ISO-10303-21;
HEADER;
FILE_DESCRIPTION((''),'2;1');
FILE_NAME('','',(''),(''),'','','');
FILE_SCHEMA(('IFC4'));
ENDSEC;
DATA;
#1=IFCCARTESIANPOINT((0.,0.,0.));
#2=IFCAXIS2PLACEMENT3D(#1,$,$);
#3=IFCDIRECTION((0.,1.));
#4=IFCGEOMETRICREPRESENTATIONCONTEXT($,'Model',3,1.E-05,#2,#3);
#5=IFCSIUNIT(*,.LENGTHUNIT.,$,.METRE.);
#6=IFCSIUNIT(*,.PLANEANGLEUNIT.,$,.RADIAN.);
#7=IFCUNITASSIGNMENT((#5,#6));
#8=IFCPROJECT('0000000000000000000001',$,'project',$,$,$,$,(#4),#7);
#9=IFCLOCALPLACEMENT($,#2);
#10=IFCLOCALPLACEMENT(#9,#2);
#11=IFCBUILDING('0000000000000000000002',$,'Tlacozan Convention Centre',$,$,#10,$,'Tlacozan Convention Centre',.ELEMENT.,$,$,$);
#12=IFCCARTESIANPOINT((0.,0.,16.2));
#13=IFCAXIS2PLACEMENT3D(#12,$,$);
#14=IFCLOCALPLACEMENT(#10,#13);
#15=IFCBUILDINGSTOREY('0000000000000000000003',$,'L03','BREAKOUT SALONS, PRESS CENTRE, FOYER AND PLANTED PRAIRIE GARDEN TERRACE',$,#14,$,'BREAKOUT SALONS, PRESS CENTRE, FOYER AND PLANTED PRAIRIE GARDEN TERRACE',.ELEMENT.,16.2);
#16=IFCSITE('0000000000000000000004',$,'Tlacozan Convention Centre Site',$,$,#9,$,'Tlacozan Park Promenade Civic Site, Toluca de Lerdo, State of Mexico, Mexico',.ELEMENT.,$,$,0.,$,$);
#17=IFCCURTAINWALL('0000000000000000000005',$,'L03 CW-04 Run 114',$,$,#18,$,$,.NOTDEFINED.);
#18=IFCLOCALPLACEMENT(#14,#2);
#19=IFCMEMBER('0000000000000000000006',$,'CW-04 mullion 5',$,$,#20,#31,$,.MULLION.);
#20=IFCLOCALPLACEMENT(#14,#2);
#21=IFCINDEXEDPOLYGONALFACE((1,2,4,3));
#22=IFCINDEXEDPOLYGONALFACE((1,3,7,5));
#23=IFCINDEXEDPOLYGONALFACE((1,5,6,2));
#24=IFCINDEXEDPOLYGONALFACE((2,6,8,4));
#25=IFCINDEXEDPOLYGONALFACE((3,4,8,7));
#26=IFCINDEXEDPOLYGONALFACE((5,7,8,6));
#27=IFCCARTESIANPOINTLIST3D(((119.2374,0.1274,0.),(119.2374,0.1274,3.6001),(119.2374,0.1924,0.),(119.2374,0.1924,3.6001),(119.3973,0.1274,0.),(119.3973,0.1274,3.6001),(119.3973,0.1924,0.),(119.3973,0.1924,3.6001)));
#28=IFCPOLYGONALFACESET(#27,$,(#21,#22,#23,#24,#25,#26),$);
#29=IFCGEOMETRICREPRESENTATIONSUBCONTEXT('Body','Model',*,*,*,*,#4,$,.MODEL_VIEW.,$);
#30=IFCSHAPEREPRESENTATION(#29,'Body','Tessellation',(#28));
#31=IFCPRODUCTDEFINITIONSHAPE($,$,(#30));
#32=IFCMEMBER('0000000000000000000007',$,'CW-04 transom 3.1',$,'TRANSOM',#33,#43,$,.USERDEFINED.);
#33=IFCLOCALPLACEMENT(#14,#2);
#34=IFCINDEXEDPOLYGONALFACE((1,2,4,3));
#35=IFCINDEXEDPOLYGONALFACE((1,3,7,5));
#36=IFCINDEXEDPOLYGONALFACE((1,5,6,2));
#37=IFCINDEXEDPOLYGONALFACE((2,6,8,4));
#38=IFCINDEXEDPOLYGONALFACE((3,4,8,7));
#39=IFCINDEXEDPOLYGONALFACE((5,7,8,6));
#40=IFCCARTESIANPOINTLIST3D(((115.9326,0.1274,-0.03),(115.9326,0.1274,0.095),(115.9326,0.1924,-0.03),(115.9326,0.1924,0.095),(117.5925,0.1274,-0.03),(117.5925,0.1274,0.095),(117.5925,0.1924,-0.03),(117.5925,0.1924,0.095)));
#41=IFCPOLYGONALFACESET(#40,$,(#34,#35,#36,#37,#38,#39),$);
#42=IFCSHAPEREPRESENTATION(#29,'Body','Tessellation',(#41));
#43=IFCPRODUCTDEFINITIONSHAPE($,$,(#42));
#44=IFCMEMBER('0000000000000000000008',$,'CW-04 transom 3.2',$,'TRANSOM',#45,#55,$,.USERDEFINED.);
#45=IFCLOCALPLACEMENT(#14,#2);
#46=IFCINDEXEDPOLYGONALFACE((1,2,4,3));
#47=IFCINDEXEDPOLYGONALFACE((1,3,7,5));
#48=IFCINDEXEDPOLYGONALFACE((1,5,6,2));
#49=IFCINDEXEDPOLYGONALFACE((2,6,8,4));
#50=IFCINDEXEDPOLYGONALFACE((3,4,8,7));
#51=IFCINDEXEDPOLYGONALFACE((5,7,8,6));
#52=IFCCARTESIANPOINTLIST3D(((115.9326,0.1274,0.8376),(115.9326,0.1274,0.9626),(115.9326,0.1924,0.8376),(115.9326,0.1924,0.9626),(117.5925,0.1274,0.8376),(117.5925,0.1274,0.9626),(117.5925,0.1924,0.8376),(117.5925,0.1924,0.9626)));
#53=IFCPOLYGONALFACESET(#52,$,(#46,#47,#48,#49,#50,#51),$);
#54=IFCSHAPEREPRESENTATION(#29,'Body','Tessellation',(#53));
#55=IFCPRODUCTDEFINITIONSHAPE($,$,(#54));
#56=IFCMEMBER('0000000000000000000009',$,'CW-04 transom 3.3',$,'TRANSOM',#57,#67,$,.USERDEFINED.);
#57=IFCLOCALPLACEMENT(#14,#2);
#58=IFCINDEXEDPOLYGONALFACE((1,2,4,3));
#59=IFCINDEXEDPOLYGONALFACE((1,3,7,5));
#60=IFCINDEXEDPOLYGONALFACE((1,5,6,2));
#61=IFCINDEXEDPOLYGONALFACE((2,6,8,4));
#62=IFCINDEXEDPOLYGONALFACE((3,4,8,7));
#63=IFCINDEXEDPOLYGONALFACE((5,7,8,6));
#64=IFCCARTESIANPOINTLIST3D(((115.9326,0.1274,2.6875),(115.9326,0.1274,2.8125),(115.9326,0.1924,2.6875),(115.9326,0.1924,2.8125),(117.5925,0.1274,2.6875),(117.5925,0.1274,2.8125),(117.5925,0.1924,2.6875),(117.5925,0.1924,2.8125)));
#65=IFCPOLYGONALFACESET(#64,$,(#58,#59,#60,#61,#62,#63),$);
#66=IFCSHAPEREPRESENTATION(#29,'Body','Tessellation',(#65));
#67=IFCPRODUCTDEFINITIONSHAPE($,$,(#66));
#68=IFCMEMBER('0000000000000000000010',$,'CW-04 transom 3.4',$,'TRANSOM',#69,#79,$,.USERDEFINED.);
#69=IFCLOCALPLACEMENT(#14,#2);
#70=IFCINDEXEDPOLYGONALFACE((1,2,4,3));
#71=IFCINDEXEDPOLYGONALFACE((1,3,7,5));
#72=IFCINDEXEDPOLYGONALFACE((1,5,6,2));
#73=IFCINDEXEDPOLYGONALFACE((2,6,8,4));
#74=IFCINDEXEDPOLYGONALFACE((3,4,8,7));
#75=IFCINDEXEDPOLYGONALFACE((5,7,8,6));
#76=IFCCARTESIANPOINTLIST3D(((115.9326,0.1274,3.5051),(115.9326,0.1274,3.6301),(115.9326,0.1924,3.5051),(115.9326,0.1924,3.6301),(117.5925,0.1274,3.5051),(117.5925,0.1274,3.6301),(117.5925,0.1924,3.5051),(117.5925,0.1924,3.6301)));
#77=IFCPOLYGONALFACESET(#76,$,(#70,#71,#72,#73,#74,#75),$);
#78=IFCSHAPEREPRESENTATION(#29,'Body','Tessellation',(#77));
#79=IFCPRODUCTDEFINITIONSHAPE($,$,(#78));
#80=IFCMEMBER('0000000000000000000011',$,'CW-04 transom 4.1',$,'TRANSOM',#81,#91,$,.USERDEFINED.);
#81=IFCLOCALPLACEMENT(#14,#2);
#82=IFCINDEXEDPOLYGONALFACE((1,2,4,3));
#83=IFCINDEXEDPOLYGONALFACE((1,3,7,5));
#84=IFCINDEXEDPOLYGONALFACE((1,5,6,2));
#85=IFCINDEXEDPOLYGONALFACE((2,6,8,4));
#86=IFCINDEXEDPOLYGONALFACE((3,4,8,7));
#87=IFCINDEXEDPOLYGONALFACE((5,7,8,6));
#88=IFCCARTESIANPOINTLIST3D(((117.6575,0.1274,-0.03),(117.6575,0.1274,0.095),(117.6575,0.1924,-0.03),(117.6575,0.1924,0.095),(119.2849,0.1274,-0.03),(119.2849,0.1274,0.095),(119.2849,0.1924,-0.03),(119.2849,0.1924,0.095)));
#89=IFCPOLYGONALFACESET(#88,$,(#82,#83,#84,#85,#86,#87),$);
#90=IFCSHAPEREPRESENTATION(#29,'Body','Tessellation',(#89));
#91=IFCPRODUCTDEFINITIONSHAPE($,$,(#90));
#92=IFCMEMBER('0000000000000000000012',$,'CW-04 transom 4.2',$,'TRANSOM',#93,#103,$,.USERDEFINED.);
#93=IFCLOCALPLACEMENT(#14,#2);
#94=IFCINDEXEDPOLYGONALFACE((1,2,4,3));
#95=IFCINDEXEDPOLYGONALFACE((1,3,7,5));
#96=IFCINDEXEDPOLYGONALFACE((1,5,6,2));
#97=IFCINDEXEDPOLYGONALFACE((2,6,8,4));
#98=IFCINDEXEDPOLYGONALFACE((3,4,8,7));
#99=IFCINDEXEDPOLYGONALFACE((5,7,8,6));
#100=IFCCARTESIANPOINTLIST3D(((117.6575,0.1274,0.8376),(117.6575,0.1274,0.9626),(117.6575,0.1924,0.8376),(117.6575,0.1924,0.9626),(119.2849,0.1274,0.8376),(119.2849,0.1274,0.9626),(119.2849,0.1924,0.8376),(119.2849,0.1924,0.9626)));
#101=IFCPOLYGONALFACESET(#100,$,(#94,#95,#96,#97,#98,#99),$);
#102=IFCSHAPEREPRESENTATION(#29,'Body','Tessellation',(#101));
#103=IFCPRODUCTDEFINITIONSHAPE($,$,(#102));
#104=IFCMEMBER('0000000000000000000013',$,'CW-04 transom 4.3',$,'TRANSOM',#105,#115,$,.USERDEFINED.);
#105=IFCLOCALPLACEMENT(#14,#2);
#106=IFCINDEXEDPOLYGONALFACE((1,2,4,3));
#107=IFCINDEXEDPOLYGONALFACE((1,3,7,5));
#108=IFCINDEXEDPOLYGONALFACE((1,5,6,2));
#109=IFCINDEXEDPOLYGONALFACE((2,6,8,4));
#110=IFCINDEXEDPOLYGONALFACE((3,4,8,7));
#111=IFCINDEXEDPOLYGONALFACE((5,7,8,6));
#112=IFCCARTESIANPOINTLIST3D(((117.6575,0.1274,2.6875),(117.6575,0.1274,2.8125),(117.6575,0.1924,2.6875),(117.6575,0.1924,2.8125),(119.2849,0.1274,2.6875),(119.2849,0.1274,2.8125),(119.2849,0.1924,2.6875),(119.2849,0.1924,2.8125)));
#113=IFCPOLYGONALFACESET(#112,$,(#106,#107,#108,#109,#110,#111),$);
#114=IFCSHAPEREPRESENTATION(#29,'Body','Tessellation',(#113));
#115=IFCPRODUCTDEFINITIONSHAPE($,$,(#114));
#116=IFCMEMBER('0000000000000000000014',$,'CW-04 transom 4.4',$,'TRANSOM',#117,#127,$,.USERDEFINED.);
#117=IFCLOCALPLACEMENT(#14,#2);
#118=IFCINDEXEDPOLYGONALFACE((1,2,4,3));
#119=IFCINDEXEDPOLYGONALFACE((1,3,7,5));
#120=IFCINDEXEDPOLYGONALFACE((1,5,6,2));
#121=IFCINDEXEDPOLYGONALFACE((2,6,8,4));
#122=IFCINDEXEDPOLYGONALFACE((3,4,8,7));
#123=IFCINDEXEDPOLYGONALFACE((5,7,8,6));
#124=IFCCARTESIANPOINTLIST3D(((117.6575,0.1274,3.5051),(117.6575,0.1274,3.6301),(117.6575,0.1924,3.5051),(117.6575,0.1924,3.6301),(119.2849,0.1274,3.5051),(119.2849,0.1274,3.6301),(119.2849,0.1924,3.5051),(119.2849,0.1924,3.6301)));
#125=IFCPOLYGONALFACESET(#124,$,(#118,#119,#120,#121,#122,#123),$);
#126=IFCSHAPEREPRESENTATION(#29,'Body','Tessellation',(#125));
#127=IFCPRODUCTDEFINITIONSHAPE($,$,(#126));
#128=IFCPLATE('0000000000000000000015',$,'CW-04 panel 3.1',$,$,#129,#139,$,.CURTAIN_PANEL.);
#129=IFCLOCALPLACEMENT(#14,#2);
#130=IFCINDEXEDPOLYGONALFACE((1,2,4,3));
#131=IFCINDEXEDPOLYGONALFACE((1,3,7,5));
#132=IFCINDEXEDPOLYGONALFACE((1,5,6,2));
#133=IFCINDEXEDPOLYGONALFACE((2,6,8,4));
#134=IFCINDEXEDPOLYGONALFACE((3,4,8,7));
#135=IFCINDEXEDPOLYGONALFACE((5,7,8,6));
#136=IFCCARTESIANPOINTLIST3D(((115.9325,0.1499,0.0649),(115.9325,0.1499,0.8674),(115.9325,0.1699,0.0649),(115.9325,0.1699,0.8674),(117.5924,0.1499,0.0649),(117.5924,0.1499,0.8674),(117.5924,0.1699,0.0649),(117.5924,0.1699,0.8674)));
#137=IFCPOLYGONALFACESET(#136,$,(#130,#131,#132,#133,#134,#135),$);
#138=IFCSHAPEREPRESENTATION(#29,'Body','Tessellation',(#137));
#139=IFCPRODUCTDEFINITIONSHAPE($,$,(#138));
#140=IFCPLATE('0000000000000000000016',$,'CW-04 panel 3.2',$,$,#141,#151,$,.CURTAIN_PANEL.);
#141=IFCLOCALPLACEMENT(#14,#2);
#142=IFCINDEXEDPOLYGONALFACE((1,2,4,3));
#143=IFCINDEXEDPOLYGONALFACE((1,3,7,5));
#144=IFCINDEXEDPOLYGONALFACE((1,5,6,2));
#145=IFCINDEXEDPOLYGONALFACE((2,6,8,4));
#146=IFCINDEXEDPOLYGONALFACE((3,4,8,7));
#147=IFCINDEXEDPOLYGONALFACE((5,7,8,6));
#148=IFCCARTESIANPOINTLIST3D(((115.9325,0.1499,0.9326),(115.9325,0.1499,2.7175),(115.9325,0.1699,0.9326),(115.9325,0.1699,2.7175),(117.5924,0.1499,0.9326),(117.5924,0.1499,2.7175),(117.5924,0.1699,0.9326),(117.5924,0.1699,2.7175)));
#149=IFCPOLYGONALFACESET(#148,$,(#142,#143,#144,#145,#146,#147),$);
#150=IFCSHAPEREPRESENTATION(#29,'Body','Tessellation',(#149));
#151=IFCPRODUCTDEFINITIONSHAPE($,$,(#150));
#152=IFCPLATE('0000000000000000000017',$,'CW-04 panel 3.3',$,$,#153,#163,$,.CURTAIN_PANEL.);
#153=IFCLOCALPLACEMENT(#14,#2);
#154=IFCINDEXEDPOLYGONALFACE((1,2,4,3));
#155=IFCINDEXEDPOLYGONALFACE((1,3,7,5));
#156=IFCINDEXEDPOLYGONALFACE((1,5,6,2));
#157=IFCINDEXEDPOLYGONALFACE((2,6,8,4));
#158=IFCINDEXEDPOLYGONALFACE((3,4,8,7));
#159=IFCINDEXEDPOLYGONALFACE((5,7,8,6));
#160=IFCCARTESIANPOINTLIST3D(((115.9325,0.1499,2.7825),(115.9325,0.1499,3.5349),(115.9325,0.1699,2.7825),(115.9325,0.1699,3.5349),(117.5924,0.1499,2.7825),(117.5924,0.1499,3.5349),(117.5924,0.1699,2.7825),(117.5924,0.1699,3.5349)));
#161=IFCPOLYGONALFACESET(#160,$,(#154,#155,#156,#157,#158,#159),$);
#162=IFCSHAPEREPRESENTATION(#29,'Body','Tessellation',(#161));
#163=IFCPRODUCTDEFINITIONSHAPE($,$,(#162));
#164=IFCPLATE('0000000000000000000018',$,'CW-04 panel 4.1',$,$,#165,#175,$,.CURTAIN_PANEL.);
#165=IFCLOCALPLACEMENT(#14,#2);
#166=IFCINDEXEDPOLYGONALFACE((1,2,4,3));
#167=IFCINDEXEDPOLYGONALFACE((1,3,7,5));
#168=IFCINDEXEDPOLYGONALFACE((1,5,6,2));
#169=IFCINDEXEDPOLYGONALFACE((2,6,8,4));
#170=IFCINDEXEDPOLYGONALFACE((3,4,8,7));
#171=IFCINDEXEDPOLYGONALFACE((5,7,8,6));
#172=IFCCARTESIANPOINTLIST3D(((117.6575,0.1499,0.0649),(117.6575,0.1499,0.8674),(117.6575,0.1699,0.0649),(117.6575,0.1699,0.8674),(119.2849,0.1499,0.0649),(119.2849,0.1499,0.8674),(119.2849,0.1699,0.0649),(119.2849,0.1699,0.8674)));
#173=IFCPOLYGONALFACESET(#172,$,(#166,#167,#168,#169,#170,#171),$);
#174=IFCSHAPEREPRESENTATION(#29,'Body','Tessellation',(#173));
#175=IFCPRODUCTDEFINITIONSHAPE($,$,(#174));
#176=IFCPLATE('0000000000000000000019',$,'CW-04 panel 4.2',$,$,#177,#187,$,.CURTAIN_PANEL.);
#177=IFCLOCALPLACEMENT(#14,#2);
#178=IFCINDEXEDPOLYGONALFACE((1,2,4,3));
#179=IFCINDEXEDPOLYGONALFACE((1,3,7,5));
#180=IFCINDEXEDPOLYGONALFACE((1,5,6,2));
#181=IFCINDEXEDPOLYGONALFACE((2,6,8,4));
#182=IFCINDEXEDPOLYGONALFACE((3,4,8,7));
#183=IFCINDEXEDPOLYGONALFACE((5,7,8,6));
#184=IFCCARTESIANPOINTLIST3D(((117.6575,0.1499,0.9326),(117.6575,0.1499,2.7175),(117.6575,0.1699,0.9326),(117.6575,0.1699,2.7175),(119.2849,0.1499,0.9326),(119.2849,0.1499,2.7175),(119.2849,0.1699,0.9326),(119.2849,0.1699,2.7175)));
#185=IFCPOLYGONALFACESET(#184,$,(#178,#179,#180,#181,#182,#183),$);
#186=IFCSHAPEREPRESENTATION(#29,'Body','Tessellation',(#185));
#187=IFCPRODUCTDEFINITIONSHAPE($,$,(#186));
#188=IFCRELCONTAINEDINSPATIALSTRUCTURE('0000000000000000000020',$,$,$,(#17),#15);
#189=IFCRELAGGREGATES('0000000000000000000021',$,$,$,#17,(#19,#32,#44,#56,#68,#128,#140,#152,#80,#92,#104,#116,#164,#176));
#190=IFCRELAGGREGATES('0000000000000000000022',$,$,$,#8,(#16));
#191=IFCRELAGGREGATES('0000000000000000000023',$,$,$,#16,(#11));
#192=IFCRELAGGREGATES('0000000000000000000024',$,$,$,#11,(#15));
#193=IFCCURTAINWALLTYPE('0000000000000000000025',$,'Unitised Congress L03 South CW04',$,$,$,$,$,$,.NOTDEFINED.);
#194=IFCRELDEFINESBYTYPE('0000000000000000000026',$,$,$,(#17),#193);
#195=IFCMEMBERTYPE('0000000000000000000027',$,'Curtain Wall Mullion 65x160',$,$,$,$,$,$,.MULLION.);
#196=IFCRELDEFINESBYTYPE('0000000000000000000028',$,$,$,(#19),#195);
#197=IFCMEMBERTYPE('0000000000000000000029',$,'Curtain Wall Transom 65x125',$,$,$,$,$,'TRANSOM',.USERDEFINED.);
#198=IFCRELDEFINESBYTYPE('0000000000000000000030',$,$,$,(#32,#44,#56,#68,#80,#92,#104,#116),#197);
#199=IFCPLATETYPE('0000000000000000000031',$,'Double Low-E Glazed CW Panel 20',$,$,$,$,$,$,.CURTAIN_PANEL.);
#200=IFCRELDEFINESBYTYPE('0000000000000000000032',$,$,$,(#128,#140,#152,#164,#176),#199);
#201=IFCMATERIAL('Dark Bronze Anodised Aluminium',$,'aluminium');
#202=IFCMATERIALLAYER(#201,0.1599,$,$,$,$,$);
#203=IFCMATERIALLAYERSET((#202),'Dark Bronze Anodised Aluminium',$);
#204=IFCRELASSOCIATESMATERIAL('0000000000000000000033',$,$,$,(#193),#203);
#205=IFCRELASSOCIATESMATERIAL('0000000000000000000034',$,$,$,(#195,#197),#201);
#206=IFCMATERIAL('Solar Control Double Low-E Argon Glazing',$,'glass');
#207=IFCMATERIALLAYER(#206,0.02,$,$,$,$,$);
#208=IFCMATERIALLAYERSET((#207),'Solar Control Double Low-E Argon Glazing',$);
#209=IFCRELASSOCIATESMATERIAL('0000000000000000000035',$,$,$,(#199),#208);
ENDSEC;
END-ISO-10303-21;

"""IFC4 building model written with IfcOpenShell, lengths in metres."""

from ifc_helpers import new_model, si_unit, direction, frame, origin, origin_2d, place, context, subcontext, project, spatial, rectangle, extrude, material, layer, layer_set, material_profile, profile_set, type_object, element, aggregate, save


model = new_model("IFC4")

# Units and contexts
model_context = context("Model", 3, precision=1e-05, world=origin(), true_north=direction((0.0, 1.0)))
body_context = subcontext(model_context, "Body", "Model", "MODEL_VIEW")
ifc_project = project(units=[si_unit("LENGTHUNIT", "METRE"), si_unit("PLANEANGLEUNIT", "RADIAN")], contexts=[model_context])

# Site, building, storey
site_placement = place(None, origin())
site = spatial("IfcSite", under=ifc_project, at=site_placement, Name="Tlacozan Convention Centre Site", LongName="Tlacozan Park Promenade Civic Site, Toluca de Lerdo, State of Mexico, Mexico", CompositionType="ELEMENT", RefElevation=0.0)
building_placement = place(site_placement, origin())
building = spatial("IfcBuilding", under=site, at=building_placement, Name="Tlacozan Convention Centre", LongName="Tlacozan Convention Centre", CompositionType="ELEMENT")
storey_placement = place(building_placement, frame((0.0, 0.0, 16.2)))
storey = spatial("IfcBuildingStorey", under=building, at=storey_placement, Name="L03", Description="BREAKOUT SALONS, PRESS CENTRE, FOYER AND PLANTED PRAIRIE GARDEN TERRACE", LongName="BREAKOUT SALONS, PRESS CENTRE, FOYER AND PLANTED PRAIRIE GARDEN TERRACE", CompositionType="ELEMENT", Elevation=16.2)

# Shared definitions
ifc_material_1 = material(Name="Dark Bronze Anodised Aluminium", Category="aluminium")

# Curtain wall, members, plates
ifc_layer_1 = layer(ifc_material_1, 0.1599)
ifc_layer_set_1 = layer_set([ifc_layer_1], Name="Dark Bronze Anodised Aluminium")
curtain_wall_type_1 = type_object("IfcCurtainWallType", Name="Unitised Congress L03 South CW04", PredefinedType="NOTDEFINED", material=ifc_layer_set_1)
curtain_wall_1_placement = place(storey_placement, origin())
curtain_wall_1 = element("IfcCurtainWall", 1, at=curtain_wall_1_placement, inside=storey, type_object=curtain_wall_type_1, Name="L03 CW-04 Run 114", PredefinedType="NOTDEFINED")
ifc_material_profile_1 = material_profile(ifc_material_1, rectangle(XDim=0.0649, YDim=0.1599, at=origin_2d()), Name="ALU 65x160")
ifc_profile_set_1 = profile_set([ifc_material_profile_1], Name="Dark Bronze Anodised Aluminium")
member_type_1 = type_object("IfcMemberType", Name="Curtain Wall Mullion 65x160", PredefinedType="MULLION", material=ifc_profile_set_1)
member_1_placement = place(storey_placement, frame((119.3174, 0.1599, 0.0), z_axis=(0.0, 0.0, 1.0), x_axis=(0.0, 1.0, 0.0)))
member_1 = element("IfcMember", 2, at=member_1_placement, type_object=member_type_1, Name="CW-04 mullion 5", PredefinedType="MULLION", context=body_context, shape_type="SweptSolid", body=[
    extrude(rectangle(XDim=0.0649, YDim=0.1599, at=origin_2d()), origin(), (0.0, 0.0, 1.0), 3.6001),
])
ifc_material_profile_2 = material_profile(ifc_material_1, rectangle(XDim=0.0649, YDim=0.125, at=origin_2d()), Name="ALU 65x125")
ifc_profile_set_2 = profile_set([ifc_material_profile_2], Name="Dark Bronze Anodised Aluminium")
member_type_2 = type_object("IfcMemberType", Name="Curtain Wall Transom 65x125", ElementType="TRANSOM", PredefinedType="USERDEFINED", material=ifc_profile_set_2)
member_2_placement = place(storey_placement, frame((115.9326, 0.1599, 0.0325), z_axis=(1.0, 0.0, 0.0), x_axis=(0.0, 1.0, 0.0)))
member_2 = element("IfcMember", 3, at=member_2_placement, type_object=member_type_2, Name="CW-04 transom 3.1", ObjectType="TRANSOM", PredefinedType="USERDEFINED", context=body_context, shape_type="SweptSolid", body=[
    extrude(rectangle(XDim=0.0649, YDim=0.125, at=origin_2d()), origin(), (0.0, 0.0, 1.0), 1.6599),
])
member_3_placement = place(storey_placement, frame((115.9326, 0.1599, 0.9001), z_axis=(1.0, 0.0, 0.0), x_axis=(0.0, 1.0, 0.0)))
member_3 = element("IfcMember", 4, at=member_3_placement, type_object=member_type_2, Name="CW-04 transom 3.2", ObjectType="TRANSOM", PredefinedType="USERDEFINED", context=body_context, shape_type="SweptSolid", body=[
    extrude(rectangle(XDim=0.0649, YDim=0.125, at=origin_2d()), origin(), (0.0, 0.0, 1.0), 1.6599),
])
member_4_placement = place(storey_placement, frame((115.9326, 0.1599, 2.75), z_axis=(1.0, 0.0, 0.0), x_axis=(0.0, 1.0, 0.0)))
member_4 = element("IfcMember", 5, at=member_4_placement, type_object=member_type_2, Name="CW-04 transom 3.3", ObjectType="TRANSOM", PredefinedType="USERDEFINED", context=body_context, shape_type="SweptSolid", body=[
    extrude(rectangle(XDim=0.0649, YDim=0.125, at=origin_2d()), origin(), (0.0, 0.0, 1.0), 1.6599),
])
member_5_placement = place(storey_placement, frame((115.9326, 0.1599, 3.5676), z_axis=(1.0, 0.0, 0.0), x_axis=(0.0, 1.0, 0.0)))
member_5 = element("IfcMember", 6, at=member_5_placement, type_object=member_type_2, Name="CW-04 transom 3.4", ObjectType="TRANSOM", PredefinedType="USERDEFINED", context=body_context, shape_type="SweptSolid", body=[
    extrude(rectangle(XDim=0.0649, YDim=0.125, at=origin_2d()), origin(), (0.0, 0.0, 1.0), 1.6599),
])
member_6_placement = place(storey_placement, frame((117.6575, 0.1599, 0.0325), z_axis=(1.0, 0.0, 0.0), x_axis=(0.0, 1.0, 0.0)))
member_6 = element("IfcMember", 7, at=member_6_placement, type_object=member_type_2, Name="CW-04 transom 4.1", ObjectType="TRANSOM", PredefinedType="USERDEFINED", context=body_context, shape_type="SweptSolid", body=[
    extrude(rectangle(XDim=0.0649, YDim=0.125, at=origin_2d()), origin(), (0.0, 0.0, 1.0), 1.6274),
])
member_7_placement = place(storey_placement, frame((117.6575, 0.1599, 0.9001), z_axis=(1.0, 0.0, 0.0), x_axis=(0.0, 1.0, 0.0)))
member_7 = element("IfcMember", 8, at=member_7_placement, type_object=member_type_2, Name="CW-04 transom 4.2", ObjectType="TRANSOM", PredefinedType="USERDEFINED", context=body_context, shape_type="SweptSolid", body=[
    extrude(rectangle(XDim=0.0649, YDim=0.125, at=origin_2d()), origin(), (0.0, 0.0, 1.0), 1.6274),
])
member_8_placement = place(storey_placement, frame((117.6575, 0.1599, 2.75), z_axis=(1.0, 0.0, 0.0), x_axis=(0.0, 1.0, 0.0)))
member_8 = element("IfcMember", 9, at=member_8_placement, type_object=member_type_2, Name="CW-04 transom 4.3", ObjectType="TRANSOM", PredefinedType="USERDEFINED", context=body_context, shape_type="SweptSolid", body=[
    extrude(rectangle(XDim=0.0649, YDim=0.125, at=origin_2d()), origin(), (0.0, 0.0, 1.0), 1.6274),
])
member_9_placement = place(storey_placement, frame((117.6575, 0.1599, 3.5676), z_axis=(1.0, 0.0, 0.0), x_axis=(0.0, 1.0, 0.0)))
member_9 = element("IfcMember", 10, at=member_9_placement, type_object=member_type_2, Name="CW-04 transom 4.4", ObjectType="TRANSOM", PredefinedType="USERDEFINED", context=body_context, shape_type="SweptSolid", body=[
    extrude(rectangle(XDim=0.0649, YDim=0.125, at=origin_2d()), origin(), (0.0, 0.0, 1.0), 1.6274),
])
ifc_material_2 = material(Name="Solar Control Double Low-E Argon Glazing", Category="glass")
ifc_layer_2 = layer(ifc_material_2, 0.02)
ifc_layer_set_2 = layer_set([ifc_layer_2], Name="Solar Control Double Low-E Argon Glazing")
plate_type = type_object("IfcPlateType", Name="Double Low-E Glazed CW Panel 20", PredefinedType="CURTAIN_PANEL", material=ifc_layer_set_2)
plate_1_placement = place(storey_placement, frame((116.7625, 0.1599, 0.0649), z_axis=(0.0, 0.0, 1.0), x_axis=(1.0, 0.0, 0.0)))
plate_1 = element("IfcPlate", 11, at=plate_1_placement, type_object=plate_type, Name="CW-04 panel 3.1", PredefinedType="CURTAIN_PANEL", context=body_context, shape_type="SweptSolid", body=[
    extrude(rectangle(XDim=1.6599, YDim=0.02, at=origin_2d()), origin(), (0.0, 0.0, 1.0), 0.8025),
])
plate_2_placement = place(storey_placement, frame((116.7625, 0.1599, 0.9326), z_axis=(0.0, 0.0, 1.0), x_axis=(1.0, 0.0, 0.0)))
plate_2 = element("IfcPlate", 12, at=plate_2_placement, type_object=plate_type, Name="CW-04 panel 3.2", PredefinedType="CURTAIN_PANEL", context=body_context, shape_type="SweptSolid", body=[
    extrude(rectangle(XDim=1.6599, YDim=0.02, at=origin_2d()), origin(), (0.0, 0.0, 1.0), 1.7849),
])
plate_3_placement = place(storey_placement, frame((116.7625, 0.1599, 2.7825), z_axis=(0.0, 0.0, 1.0), x_axis=(1.0, 0.0, 0.0)))
plate_3 = element("IfcPlate", 13, at=plate_3_placement, type_object=plate_type, Name="CW-04 panel 3.3", PredefinedType="CURTAIN_PANEL", context=body_context, shape_type="SweptSolid", body=[
    extrude(rectangle(XDim=1.6599, YDim=0.02, at=origin_2d()), origin(), (0.0, 0.0, 1.0), 0.7524),
])
plate_4_placement = place(storey_placement, frame((118.4712, 0.1599, 0.0649), z_axis=(0.0, 0.0, 1.0), x_axis=(1.0, 0.0, 0.0)))
plate_4 = element("IfcPlate", 14, at=plate_4_placement, type_object=plate_type, Name="CW-04 panel 4.1", PredefinedType="CURTAIN_PANEL", context=body_context, shape_type="SweptSolid", body=[
    extrude(rectangle(XDim=1.6274, YDim=0.02, at=origin_2d()), origin(), (0.0, 0.0, 1.0), 0.8025),
])
plate_5_placement = place(storey_placement, frame((118.4712, 0.1599, 0.9326), z_axis=(0.0, 0.0, 1.0), x_axis=(1.0, 0.0, 0.0)))
plate_5 = element("IfcPlate", 15, at=plate_5_placement, type_object=plate_type, Name="CW-04 panel 4.2", PredefinedType="CURTAIN_PANEL", context=body_context, shape_type="SweptSolid", body=[
    extrude(rectangle(XDim=1.6274, YDim=0.02, at=origin_2d()), origin(), (0.0, 0.0, 1.0), 1.7849),
])
aggregate(curtain_wall_1, [member_1, member_2, member_3, member_4, member_5, plate_1, plate_2, plate_3, member_6, member_7, member_8, member_9, plate_4, plate_5])

save(model, "model.ifc")
